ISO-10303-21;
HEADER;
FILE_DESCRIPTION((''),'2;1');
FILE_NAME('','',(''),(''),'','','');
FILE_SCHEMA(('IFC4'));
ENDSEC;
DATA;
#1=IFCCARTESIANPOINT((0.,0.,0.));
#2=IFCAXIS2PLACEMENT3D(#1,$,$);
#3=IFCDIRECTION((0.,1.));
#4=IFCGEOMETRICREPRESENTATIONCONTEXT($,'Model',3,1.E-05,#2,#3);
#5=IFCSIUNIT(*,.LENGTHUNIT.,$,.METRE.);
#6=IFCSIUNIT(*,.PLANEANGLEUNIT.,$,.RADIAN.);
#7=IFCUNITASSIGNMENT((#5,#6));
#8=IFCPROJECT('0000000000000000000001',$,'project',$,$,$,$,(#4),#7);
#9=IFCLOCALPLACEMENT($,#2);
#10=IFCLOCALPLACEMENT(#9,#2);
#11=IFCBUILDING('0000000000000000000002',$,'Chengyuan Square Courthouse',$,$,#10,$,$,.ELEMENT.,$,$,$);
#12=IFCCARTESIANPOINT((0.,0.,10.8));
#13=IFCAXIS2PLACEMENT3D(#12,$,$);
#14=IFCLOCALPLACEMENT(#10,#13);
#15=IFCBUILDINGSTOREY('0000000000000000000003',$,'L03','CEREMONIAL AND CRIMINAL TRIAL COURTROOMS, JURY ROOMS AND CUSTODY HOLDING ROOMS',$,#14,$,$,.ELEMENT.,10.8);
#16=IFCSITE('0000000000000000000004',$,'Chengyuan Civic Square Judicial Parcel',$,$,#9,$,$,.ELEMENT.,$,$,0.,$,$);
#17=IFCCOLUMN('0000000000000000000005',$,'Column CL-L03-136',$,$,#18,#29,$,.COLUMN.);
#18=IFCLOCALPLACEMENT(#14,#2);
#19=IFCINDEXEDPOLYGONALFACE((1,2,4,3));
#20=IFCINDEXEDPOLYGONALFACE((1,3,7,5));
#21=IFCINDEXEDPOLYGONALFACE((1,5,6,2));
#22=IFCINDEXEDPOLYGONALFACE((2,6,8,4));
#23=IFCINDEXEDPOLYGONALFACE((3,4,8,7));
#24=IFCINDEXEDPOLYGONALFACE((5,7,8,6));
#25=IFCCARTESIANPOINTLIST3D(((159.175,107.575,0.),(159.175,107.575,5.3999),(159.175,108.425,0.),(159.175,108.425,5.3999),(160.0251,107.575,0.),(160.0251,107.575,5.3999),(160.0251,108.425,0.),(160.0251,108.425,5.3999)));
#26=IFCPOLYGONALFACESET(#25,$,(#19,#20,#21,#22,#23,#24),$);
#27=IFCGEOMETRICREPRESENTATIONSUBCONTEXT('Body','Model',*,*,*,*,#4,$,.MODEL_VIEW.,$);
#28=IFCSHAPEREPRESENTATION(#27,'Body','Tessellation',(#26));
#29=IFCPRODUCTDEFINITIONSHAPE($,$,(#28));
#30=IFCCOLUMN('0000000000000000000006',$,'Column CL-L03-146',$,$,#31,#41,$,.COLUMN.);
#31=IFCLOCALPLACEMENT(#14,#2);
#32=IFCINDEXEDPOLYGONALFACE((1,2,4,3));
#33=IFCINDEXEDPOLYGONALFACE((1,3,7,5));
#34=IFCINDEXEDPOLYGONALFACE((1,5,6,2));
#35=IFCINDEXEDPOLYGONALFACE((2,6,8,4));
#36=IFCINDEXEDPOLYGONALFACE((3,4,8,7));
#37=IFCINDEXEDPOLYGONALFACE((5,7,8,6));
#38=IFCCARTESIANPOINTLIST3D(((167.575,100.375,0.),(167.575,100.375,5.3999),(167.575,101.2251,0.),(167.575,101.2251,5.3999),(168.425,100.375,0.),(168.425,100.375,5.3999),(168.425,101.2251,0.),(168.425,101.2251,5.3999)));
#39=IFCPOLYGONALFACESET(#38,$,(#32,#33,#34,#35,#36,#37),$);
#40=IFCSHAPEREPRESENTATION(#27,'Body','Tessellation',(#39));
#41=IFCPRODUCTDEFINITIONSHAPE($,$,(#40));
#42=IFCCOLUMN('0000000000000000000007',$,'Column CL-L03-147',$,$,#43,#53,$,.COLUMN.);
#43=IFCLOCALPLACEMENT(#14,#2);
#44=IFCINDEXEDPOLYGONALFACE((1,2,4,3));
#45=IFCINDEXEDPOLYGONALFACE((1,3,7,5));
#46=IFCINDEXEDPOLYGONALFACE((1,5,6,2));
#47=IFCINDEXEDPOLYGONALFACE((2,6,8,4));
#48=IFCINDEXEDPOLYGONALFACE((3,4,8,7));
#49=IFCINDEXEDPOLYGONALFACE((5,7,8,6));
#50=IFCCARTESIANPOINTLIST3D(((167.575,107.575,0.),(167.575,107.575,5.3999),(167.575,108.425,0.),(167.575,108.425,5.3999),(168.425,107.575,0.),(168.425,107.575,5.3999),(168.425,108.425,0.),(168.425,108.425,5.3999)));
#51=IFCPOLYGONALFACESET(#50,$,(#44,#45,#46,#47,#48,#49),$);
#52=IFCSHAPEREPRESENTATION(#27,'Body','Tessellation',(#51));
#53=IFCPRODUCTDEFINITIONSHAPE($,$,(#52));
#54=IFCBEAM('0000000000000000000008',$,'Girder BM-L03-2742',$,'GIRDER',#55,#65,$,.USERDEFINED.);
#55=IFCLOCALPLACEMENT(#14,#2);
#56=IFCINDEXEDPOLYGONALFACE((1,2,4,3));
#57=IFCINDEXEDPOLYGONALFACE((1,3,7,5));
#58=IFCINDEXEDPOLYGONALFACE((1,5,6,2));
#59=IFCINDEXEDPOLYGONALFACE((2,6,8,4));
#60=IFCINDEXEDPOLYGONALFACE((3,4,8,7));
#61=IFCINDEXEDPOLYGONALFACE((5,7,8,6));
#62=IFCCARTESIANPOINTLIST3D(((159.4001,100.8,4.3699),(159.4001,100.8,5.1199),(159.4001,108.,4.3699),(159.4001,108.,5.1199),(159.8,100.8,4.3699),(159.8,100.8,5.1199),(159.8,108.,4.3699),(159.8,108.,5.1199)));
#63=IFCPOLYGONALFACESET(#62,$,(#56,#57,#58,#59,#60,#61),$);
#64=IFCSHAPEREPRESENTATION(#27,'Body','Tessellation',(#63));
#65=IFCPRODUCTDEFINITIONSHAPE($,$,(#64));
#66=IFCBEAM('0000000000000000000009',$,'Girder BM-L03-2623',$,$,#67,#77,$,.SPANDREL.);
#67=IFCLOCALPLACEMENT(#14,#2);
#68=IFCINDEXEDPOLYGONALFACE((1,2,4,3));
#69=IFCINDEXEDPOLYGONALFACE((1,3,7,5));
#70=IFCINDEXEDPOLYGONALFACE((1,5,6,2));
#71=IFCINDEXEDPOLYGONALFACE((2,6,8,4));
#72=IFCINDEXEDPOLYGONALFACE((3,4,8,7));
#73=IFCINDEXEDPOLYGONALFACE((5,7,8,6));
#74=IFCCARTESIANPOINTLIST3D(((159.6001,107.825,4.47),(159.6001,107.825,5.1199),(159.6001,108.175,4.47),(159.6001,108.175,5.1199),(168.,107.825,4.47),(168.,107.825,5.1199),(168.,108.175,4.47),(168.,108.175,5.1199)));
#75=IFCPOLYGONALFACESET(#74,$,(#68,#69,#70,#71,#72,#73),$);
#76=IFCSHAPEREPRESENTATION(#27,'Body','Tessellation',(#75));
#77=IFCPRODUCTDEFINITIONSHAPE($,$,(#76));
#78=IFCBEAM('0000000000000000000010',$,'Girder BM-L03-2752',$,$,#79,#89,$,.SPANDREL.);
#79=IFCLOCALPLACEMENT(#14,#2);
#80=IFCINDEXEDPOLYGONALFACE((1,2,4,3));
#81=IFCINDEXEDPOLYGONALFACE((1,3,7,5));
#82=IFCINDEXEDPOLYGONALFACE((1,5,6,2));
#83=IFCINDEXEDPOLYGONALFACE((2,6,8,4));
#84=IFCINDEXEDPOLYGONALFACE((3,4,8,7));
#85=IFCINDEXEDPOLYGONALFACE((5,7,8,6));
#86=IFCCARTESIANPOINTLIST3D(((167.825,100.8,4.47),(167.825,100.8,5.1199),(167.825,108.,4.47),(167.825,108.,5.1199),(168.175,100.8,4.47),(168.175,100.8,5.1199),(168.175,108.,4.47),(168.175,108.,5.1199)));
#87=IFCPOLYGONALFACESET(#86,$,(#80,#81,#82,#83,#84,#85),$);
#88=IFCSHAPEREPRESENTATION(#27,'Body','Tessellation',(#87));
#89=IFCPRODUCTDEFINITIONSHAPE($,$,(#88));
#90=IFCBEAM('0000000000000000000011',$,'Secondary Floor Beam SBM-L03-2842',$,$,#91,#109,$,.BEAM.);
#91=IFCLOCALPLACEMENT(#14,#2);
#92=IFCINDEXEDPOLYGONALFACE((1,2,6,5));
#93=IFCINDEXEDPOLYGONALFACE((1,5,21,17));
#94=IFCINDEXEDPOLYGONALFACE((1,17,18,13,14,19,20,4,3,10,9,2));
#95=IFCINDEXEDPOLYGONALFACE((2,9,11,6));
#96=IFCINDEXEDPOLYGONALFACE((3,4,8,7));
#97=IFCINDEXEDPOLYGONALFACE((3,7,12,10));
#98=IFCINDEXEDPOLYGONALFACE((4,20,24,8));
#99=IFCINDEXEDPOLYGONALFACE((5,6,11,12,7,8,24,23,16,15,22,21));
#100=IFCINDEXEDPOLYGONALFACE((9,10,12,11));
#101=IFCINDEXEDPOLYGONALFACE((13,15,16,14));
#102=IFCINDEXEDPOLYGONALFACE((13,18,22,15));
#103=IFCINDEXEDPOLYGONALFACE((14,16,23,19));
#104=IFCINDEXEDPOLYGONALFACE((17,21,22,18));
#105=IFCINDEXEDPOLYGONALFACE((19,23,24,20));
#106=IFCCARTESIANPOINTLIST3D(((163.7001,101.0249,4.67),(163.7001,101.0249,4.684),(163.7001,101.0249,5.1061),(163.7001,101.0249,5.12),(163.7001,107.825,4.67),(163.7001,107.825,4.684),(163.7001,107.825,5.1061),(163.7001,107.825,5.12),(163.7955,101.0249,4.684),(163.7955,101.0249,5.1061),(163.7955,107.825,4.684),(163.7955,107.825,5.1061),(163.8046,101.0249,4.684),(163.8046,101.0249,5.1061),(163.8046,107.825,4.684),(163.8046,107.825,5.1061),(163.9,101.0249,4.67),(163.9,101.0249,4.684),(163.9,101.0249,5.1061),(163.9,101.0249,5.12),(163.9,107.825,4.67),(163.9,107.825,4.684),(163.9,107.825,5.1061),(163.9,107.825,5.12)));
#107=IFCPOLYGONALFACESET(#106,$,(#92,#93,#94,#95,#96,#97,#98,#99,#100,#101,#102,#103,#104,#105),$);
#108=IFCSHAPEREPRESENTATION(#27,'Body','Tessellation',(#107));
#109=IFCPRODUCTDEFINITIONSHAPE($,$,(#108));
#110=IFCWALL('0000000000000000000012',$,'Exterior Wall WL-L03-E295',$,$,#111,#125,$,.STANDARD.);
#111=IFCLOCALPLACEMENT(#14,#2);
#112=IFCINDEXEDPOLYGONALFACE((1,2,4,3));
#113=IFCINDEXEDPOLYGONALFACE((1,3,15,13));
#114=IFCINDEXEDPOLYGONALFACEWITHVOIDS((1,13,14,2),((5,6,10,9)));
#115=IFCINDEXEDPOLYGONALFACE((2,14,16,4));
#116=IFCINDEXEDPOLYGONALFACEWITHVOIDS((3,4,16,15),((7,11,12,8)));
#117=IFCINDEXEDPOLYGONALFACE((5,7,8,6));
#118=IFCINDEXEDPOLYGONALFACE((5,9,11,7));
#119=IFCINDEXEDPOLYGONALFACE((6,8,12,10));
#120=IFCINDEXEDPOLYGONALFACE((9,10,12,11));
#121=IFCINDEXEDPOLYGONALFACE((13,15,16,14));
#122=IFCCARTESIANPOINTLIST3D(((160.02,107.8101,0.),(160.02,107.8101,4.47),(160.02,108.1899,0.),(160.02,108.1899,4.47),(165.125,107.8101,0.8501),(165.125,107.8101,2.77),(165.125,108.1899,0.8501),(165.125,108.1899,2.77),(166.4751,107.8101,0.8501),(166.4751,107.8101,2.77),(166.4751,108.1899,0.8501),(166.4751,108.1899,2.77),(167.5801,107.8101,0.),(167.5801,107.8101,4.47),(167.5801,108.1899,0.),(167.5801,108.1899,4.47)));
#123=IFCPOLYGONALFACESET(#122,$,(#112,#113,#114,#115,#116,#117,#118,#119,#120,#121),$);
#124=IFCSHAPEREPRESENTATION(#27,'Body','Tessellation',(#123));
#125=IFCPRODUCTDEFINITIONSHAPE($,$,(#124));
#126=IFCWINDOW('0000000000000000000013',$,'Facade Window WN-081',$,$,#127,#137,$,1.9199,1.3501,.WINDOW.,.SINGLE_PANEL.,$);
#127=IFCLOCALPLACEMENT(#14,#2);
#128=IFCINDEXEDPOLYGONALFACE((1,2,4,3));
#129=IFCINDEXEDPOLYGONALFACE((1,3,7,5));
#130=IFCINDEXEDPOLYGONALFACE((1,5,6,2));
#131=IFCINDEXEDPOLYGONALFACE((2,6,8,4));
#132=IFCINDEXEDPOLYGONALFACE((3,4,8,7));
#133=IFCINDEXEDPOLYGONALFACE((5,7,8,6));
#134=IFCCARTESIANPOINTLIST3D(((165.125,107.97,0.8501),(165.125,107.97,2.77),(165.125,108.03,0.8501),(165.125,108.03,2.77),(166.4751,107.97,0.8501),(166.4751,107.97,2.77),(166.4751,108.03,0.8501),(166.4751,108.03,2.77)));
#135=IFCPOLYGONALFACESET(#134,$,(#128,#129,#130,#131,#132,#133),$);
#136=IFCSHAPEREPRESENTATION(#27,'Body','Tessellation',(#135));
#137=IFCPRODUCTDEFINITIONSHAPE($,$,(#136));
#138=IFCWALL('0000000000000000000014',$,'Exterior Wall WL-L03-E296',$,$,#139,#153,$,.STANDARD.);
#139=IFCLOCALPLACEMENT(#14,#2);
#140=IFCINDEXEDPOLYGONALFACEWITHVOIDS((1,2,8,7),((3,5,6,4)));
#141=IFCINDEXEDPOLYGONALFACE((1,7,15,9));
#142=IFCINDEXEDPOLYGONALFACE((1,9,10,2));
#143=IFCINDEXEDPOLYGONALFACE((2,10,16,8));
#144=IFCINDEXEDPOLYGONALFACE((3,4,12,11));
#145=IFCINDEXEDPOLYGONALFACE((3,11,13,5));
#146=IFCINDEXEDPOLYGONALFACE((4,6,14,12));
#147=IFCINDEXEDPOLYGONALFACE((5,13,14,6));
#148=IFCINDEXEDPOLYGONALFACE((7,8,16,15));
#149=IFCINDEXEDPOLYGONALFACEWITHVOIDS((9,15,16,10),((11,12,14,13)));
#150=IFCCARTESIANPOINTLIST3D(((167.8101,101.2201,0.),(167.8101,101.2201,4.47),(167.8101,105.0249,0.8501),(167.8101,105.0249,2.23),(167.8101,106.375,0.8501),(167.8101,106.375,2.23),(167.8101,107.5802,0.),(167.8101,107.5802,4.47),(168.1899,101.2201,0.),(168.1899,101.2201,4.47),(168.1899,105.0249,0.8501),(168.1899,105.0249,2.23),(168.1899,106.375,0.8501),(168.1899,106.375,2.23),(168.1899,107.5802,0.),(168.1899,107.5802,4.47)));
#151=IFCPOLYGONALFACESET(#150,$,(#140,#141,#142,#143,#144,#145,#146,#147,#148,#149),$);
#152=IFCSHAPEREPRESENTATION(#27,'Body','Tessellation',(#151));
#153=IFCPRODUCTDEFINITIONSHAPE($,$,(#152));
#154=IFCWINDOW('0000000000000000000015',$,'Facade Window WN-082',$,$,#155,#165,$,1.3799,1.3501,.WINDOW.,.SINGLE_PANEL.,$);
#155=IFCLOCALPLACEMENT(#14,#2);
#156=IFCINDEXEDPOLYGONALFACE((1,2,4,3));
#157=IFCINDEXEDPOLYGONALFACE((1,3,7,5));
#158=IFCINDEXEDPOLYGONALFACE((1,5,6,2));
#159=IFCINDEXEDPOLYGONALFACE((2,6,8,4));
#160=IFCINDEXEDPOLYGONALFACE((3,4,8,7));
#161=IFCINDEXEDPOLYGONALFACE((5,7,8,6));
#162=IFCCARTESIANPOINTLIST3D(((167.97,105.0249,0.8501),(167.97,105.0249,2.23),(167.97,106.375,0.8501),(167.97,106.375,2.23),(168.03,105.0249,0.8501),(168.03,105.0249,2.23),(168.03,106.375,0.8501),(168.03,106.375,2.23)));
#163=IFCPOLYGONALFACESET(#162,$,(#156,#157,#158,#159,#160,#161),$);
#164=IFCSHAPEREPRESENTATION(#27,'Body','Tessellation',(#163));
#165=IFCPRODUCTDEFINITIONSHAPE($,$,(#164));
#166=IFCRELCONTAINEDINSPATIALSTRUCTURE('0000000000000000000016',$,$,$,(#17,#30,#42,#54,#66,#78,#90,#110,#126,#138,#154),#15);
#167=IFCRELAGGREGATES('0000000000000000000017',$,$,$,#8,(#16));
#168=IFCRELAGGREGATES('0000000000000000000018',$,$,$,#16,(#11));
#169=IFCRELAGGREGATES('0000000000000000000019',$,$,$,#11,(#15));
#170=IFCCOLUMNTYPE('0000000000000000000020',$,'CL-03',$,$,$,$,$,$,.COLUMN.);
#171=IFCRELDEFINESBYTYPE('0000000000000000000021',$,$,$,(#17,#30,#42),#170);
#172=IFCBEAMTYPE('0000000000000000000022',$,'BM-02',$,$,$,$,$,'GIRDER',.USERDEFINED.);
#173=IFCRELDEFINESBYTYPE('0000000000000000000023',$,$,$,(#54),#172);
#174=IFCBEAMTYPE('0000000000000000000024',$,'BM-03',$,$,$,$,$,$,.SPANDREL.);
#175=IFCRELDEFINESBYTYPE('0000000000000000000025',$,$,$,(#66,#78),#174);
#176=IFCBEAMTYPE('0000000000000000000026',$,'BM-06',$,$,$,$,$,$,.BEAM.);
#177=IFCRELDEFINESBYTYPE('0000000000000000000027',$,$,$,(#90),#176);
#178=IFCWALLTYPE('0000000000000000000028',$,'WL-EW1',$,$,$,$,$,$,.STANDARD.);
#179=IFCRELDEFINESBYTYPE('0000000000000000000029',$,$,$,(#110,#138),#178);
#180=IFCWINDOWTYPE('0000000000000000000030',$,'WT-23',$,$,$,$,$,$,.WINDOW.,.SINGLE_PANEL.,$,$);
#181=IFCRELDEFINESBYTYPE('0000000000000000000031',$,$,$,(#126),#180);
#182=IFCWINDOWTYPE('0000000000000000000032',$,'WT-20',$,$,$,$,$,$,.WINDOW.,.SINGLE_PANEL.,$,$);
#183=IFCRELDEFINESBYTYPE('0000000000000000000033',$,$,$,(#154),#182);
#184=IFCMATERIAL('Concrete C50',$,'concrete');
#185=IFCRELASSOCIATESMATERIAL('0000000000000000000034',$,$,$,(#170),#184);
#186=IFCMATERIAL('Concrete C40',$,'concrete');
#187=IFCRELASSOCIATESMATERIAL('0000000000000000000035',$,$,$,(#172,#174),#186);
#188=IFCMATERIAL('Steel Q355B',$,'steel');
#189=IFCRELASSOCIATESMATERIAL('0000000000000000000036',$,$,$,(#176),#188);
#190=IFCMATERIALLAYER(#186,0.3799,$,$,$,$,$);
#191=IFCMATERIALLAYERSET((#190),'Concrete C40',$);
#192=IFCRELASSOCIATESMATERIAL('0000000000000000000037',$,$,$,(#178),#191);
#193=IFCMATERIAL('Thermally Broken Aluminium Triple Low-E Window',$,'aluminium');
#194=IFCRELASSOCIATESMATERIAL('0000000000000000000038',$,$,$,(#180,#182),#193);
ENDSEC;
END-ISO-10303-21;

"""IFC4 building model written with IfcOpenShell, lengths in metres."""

from ifc_helpers import new_model, si_unit, direction, frame, frame_2d, origin, origin_2d, place, context, subcontext, project, spatial, rectangle, i_section, extrude, material, layer, layer_set, material_profile, profile_set, type_object, element, fill, save


model = new_model("IFC4")

# Units and contexts
model_context = context("Model", 3, precision=1e-05, world=origin(), true_north=direction((0.0, 1.0)))
body_context = subcontext(model_context, "Body", "Model", "MODEL_VIEW")
ifc_project = project(units=[si_unit("LENGTHUNIT", "METRE"), si_unit("PLANEANGLEUNIT", "RADIAN")], contexts=[model_context])

# Site, building, storey
site_placement = place(None, origin())
site = spatial("IfcSite", under=ifc_project, at=site_placement, Name="Chengyuan Civic Square Judicial Parcel", CompositionType="ELEMENT", RefElevation=0.0)
building_placement = place(site_placement, origin())
building = spatial("IfcBuilding", under=site, at=building_placement, Name="Chengyuan Square Courthouse", CompositionType="ELEMENT")
storey_placement = place(building_placement, frame((0.0, 0.0, 10.8)))
storey = spatial("IfcBuildingStorey", under=building, at=storey_placement, Name="L03", Description="CEREMONIAL AND CRIMINAL TRIAL COURTROOMS, JURY ROOMS AND CUSTODY HOLDING ROOMS", CompositionType="ELEMENT", Elevation=10.8)

# Columns
ifc_material_1 = material(Name="Concrete C50", Category="concrete")
ifc_material_profile_1 = material_profile(ifc_material_1, rectangle(XDim=0.8501, YDim=0.8501, at=origin_2d()), Name="RC-COL-850x850")
ifc_profile_set_1 = profile_set([ifc_material_profile_1], Name="Concrete C50")
column_type = type_object("IfcColumnType", Name="CL-03", PredefinedType="COLUMN", material=ifc_profile_set_1)
for number, where, z_axis, x_axis, name in (
    (1, (159.6001, 108.0, 0.0), (0.0, 0.0, 1.0), (1.0, 0.0, 0.0), "Column CL-L03-136"),
    (2, (168.0, 100.8, 0.0), (0.0, 0.0, 1.0), (1.0, 0.0, 0.0), "Column CL-L03-146"),
    (3, (168.0, 108.0, 0.0), (0.0, 0.0, 1.0), (1.0, 0.0, 0.0), "Column CL-L03-147"),
):
    element("IfcColumn", number, at=place(storey_placement, frame(where, z_axis=z_axis, x_axis=x_axis)), inside=storey, type_object=column_type, Name=name, PredefinedType="COLUMN", context=body_context, shape_type="SweptSolid", body=[
        extrude(rectangle(XDim=0.8501, YDim=0.8501, at=origin_2d()), origin(), (0.0, 0.0, 1.0), 5.3999),
    ])

# Beams
ifc_material_2 = material(Name="Concrete C40", Category="concrete")
ifc_material_profile_2 = material_profile(ifc_material_2, rectangle(XDim=0.3999, YDim=0.75, at=origin_2d()), Name="RC-BM-400x750")
ifc_profile_set_2 = profile_set([ifc_material_profile_2], Name="Concrete C40")
beam_type_1 = type_object("IfcBeamType", Name="BM-02", ElementType="GIRDER", PredefinedType="USERDEFINED", material=ifc_profile_set_2)
beam_1_placement = place(storey_placement, frame((159.6001, 100.8, 4.7449), z_axis=(0.0, 1.0, 0.0), x_axis=(-1.0, 0.0, 0.0)))
element("IfcBeam", 4, at=beam_1_placement, inside=storey, type_object=beam_type_1, Name="Girder BM-L03-2742", ObjectType="GIRDER", PredefinedType="USERDEFINED", context=body_context, shape_type="SweptSolid", body=[
    extrude(rectangle(XDim=0.3999, YDim=0.75, at=origin_2d()), origin(), (0.0, 0.0, 1.0), 7.2),
])
ifc_material_profile_3 = material_profile(ifc_material_2, rectangle(XDim=0.3501, YDim=0.6499, at=origin_2d()), Name="RC-BM-350x650")
ifc_profile_set_3 = profile_set([ifc_material_profile_3], Name="Concrete C40")
beam_type_2 = type_object("IfcBeamType", Name="BM-03", PredefinedType="SPANDREL", material=ifc_profile_set_3)
beam_2_placement = place(storey_placement, frame((159.6001, 108.0, 4.7949), z_axis=(1.0, 0.0, 0.0), x_axis=(0.0, 1.0, 0.0)))
element("IfcBeam", 5, at=beam_2_placement, inside=storey, type_object=beam_type_2, Name="Girder BM-L03-2623", PredefinedType="SPANDREL", context=body_context, shape_type="SweptSolid", body=[
    extrude(rectangle(XDim=0.3501, YDim=0.6499, at=origin_2d()), origin(), (0.0, 0.0, 1.0), 8.3999),
])
beam_3_placement = place(storey_placement, frame((168.0, 100.8, 4.7949), z_axis=(0.0, 1.0, 0.0), x_axis=(-1.0, 0.0, 0.0)))
element("IfcBeam", 6, at=beam_3_placement, inside=storey, type_object=beam_type_2, Name="Girder BM-L03-2752", PredefinedType="SPANDREL", context=body_context, shape_type="SweptSolid", body=[
    extrude(rectangle(XDim=0.3501, YDim=0.6499, at=origin_2d()), origin(), (0.0, 0.0, 1.0), 7.2),
])
ifc_material_3 = material(Name="Steel Q355B", Category="steel")
ifc_material_profile_4 = material_profile(ifc_material_3, i_section(OverallWidth=0.2, OverallDepth=0.45, WebThickness=0.009, FlangeThickness=0.0139, at=origin_2d()), Name="HN 450x200x9x14")
ifc_profile_set_4 = profile_set([ifc_material_profile_4], Name="Steel Q355B")
beam_type_3 = type_object("IfcBeamType", Name="BM-06", PredefinedType="BEAM", material=ifc_profile_set_4)
beam_4_placement = place(storey_placement, frame((163.8, 101.0249, 4.895), z_axis=(0.0, 1.0, 0.0), x_axis=(-1.0, 0.0, 0.0)))
element("IfcBeam", 7, at=beam_4_placement, inside=storey, type_object=beam_type_3, Name="Secondary Floor Beam SBM-L03-2842", PredefinedType="BEAM", context=body_context, shape_type="SweptSolid", body=[
    extrude(i_section(OverallWidth=0.2, OverallDepth=0.45, WebThickness=0.009, FlangeThickness=0.0139, at=origin_2d()), origin(), (0.0, 0.0, 1.0), 6.8),
])

# Walls, openings, windows
ifc_layer_1 = layer(ifc_material_2, 0.3799)
ifc_layer_set_1 = layer_set([ifc_layer_1], Name="Concrete C40")
wall_type_1 = type_object("IfcWallType", Name="WL-EW1", PredefinedType="STANDARD", material=ifc_layer_set_1)
wall_1_placement = place(storey_placement, frame((160.02, 108.0, 0.0), z_axis=(0.0, 0.0, 1.0), x_axis=(1.0, 0.0, 0.0)))
wall_1 = element("IfcWall", 8, at=wall_1_placement, inside=storey, type_object=wall_type_1, Name="Exterior Wall WL-L03-E295", PredefinedType="STANDARD", context=body_context, shape_type="SweptSolid", body=[
    extrude(rectangle(XDim=7.5601, YDim=0.3799, at=frame_2d((3.78, 0.0))), origin(), (0.0, 0.0, 1.0), 4.47),
])
opening_1_placement = place(wall_1_placement, frame((5.105, 0.0, 0.8501)))
opening_1 = element("IfcOpeningElement", 9, at=opening_1_placement, cuts=wall_1, PredefinedType="OPENING", context=body_context, shape_type="SweptSolid", body=[
    extrude(rectangle(XDim=1.3501, YDim=1.9199, at=frame_2d((0.675, 0.96))), frame((0.0, 0.2019, 0.0), z_axis=(0.0, -1.0, 0.0), x_axis=(1.0, 0.0, 0.0)), (0.0, 0.0, 1.0), 0.4038),
])
ifc_material_4 = material(Name="Thermally Broken Aluminium Triple Low-E Window", Category="aluminium")
window_type_1 = type_object("IfcWindowType", Name="WT-23", PartitioningType="SINGLE_PANEL", PredefinedType="WINDOW", material=ifc_material_4)
window_1_placement = place(opening_1_placement, origin())
window_1 = element("IfcWindow", 10, at=window_1_placement, inside=storey, type_object=window_type_1, Name="Facade Window WN-081", OverallHeight=1.9199, OverallWidth=1.3501, PartitioningType="SINGLE_PANEL", PredefinedType="WINDOW", context=body_context, shape_type="SweptSolid", body=[
    extrude(rectangle(XDim=1.3501, YDim=1.9199, at=frame_2d((0.675, 0.96))), frame((0.0, 0.03, 0.0), z_axis=(0.0, -1.0, 0.0), x_axis=(1.0, 0.0, 0.0)), (0.0, 0.0, 1.0), 0.0601),
])
fill(opening_1, window_1)
wall_2_placement = place(storey_placement, frame((168.0, 101.22, 0.0), z_axis=(0.0, 0.0, 1.0), x_axis=(0.0, 1.0, 0.0)))
wall_2 = element("IfcWall", 11, at=wall_2_placement, inside=storey, type_object=wall_type_1, Name="Exterior Wall WL-L03-E296", PredefinedType="STANDARD", context=body_context, shape_type="SweptSolid", body=[
    extrude(rectangle(XDim=6.3601, YDim=0.3799, at=frame_2d((3.1802, 0.0))), origin(), (0.0, 0.0, 1.0), 4.47),
])
opening_2_placement = place(wall_2_placement, frame((3.8049, 0.0, 0.8501)))
opening_2 = element("IfcOpeningElement", 12, at=opening_2_placement, cuts=wall_2, PredefinedType="OPENING", context=body_context, shape_type="SweptSolid", body=[
    extrude(rectangle(XDim=1.3501, YDim=1.3799, at=frame_2d((0.675, 0.6899))), frame((0.0, 0.2019, 0.0), z_axis=(0.0, -1.0, 0.0), x_axis=(1.0, 0.0, 0.0)), (0.0, 0.0, 1.0), 0.4038),
])
window_type_2 = type_object("IfcWindowType", Name="WT-20", PartitioningType="SINGLE_PANEL", PredefinedType="WINDOW", material=ifc_material_4)
window_2_placement = place(opening_2_placement, origin())
window_2 = element("IfcWindow", 13, at=window_2_placement, inside=storey, type_object=window_type_2, Name="Facade Window WN-082", OverallHeight=1.3799, OverallWidth=1.3501, PartitioningType="SINGLE_PANEL", PredefinedType="WINDOW", context=body_context, shape_type="SweptSolid", body=[
    extrude(rectangle(XDim=1.3501, YDim=1.3799, at=frame_2d((0.675, 0.6899))), frame((0.0, 0.03, 0.0), z_axis=(0.0, -1.0, 0.0), x_axis=(1.0, 0.0, 0.0)), (0.0, 0.0, 1.0), 0.0601),
])
fill(opening_2, window_2)

save(model, "model.ifc")
